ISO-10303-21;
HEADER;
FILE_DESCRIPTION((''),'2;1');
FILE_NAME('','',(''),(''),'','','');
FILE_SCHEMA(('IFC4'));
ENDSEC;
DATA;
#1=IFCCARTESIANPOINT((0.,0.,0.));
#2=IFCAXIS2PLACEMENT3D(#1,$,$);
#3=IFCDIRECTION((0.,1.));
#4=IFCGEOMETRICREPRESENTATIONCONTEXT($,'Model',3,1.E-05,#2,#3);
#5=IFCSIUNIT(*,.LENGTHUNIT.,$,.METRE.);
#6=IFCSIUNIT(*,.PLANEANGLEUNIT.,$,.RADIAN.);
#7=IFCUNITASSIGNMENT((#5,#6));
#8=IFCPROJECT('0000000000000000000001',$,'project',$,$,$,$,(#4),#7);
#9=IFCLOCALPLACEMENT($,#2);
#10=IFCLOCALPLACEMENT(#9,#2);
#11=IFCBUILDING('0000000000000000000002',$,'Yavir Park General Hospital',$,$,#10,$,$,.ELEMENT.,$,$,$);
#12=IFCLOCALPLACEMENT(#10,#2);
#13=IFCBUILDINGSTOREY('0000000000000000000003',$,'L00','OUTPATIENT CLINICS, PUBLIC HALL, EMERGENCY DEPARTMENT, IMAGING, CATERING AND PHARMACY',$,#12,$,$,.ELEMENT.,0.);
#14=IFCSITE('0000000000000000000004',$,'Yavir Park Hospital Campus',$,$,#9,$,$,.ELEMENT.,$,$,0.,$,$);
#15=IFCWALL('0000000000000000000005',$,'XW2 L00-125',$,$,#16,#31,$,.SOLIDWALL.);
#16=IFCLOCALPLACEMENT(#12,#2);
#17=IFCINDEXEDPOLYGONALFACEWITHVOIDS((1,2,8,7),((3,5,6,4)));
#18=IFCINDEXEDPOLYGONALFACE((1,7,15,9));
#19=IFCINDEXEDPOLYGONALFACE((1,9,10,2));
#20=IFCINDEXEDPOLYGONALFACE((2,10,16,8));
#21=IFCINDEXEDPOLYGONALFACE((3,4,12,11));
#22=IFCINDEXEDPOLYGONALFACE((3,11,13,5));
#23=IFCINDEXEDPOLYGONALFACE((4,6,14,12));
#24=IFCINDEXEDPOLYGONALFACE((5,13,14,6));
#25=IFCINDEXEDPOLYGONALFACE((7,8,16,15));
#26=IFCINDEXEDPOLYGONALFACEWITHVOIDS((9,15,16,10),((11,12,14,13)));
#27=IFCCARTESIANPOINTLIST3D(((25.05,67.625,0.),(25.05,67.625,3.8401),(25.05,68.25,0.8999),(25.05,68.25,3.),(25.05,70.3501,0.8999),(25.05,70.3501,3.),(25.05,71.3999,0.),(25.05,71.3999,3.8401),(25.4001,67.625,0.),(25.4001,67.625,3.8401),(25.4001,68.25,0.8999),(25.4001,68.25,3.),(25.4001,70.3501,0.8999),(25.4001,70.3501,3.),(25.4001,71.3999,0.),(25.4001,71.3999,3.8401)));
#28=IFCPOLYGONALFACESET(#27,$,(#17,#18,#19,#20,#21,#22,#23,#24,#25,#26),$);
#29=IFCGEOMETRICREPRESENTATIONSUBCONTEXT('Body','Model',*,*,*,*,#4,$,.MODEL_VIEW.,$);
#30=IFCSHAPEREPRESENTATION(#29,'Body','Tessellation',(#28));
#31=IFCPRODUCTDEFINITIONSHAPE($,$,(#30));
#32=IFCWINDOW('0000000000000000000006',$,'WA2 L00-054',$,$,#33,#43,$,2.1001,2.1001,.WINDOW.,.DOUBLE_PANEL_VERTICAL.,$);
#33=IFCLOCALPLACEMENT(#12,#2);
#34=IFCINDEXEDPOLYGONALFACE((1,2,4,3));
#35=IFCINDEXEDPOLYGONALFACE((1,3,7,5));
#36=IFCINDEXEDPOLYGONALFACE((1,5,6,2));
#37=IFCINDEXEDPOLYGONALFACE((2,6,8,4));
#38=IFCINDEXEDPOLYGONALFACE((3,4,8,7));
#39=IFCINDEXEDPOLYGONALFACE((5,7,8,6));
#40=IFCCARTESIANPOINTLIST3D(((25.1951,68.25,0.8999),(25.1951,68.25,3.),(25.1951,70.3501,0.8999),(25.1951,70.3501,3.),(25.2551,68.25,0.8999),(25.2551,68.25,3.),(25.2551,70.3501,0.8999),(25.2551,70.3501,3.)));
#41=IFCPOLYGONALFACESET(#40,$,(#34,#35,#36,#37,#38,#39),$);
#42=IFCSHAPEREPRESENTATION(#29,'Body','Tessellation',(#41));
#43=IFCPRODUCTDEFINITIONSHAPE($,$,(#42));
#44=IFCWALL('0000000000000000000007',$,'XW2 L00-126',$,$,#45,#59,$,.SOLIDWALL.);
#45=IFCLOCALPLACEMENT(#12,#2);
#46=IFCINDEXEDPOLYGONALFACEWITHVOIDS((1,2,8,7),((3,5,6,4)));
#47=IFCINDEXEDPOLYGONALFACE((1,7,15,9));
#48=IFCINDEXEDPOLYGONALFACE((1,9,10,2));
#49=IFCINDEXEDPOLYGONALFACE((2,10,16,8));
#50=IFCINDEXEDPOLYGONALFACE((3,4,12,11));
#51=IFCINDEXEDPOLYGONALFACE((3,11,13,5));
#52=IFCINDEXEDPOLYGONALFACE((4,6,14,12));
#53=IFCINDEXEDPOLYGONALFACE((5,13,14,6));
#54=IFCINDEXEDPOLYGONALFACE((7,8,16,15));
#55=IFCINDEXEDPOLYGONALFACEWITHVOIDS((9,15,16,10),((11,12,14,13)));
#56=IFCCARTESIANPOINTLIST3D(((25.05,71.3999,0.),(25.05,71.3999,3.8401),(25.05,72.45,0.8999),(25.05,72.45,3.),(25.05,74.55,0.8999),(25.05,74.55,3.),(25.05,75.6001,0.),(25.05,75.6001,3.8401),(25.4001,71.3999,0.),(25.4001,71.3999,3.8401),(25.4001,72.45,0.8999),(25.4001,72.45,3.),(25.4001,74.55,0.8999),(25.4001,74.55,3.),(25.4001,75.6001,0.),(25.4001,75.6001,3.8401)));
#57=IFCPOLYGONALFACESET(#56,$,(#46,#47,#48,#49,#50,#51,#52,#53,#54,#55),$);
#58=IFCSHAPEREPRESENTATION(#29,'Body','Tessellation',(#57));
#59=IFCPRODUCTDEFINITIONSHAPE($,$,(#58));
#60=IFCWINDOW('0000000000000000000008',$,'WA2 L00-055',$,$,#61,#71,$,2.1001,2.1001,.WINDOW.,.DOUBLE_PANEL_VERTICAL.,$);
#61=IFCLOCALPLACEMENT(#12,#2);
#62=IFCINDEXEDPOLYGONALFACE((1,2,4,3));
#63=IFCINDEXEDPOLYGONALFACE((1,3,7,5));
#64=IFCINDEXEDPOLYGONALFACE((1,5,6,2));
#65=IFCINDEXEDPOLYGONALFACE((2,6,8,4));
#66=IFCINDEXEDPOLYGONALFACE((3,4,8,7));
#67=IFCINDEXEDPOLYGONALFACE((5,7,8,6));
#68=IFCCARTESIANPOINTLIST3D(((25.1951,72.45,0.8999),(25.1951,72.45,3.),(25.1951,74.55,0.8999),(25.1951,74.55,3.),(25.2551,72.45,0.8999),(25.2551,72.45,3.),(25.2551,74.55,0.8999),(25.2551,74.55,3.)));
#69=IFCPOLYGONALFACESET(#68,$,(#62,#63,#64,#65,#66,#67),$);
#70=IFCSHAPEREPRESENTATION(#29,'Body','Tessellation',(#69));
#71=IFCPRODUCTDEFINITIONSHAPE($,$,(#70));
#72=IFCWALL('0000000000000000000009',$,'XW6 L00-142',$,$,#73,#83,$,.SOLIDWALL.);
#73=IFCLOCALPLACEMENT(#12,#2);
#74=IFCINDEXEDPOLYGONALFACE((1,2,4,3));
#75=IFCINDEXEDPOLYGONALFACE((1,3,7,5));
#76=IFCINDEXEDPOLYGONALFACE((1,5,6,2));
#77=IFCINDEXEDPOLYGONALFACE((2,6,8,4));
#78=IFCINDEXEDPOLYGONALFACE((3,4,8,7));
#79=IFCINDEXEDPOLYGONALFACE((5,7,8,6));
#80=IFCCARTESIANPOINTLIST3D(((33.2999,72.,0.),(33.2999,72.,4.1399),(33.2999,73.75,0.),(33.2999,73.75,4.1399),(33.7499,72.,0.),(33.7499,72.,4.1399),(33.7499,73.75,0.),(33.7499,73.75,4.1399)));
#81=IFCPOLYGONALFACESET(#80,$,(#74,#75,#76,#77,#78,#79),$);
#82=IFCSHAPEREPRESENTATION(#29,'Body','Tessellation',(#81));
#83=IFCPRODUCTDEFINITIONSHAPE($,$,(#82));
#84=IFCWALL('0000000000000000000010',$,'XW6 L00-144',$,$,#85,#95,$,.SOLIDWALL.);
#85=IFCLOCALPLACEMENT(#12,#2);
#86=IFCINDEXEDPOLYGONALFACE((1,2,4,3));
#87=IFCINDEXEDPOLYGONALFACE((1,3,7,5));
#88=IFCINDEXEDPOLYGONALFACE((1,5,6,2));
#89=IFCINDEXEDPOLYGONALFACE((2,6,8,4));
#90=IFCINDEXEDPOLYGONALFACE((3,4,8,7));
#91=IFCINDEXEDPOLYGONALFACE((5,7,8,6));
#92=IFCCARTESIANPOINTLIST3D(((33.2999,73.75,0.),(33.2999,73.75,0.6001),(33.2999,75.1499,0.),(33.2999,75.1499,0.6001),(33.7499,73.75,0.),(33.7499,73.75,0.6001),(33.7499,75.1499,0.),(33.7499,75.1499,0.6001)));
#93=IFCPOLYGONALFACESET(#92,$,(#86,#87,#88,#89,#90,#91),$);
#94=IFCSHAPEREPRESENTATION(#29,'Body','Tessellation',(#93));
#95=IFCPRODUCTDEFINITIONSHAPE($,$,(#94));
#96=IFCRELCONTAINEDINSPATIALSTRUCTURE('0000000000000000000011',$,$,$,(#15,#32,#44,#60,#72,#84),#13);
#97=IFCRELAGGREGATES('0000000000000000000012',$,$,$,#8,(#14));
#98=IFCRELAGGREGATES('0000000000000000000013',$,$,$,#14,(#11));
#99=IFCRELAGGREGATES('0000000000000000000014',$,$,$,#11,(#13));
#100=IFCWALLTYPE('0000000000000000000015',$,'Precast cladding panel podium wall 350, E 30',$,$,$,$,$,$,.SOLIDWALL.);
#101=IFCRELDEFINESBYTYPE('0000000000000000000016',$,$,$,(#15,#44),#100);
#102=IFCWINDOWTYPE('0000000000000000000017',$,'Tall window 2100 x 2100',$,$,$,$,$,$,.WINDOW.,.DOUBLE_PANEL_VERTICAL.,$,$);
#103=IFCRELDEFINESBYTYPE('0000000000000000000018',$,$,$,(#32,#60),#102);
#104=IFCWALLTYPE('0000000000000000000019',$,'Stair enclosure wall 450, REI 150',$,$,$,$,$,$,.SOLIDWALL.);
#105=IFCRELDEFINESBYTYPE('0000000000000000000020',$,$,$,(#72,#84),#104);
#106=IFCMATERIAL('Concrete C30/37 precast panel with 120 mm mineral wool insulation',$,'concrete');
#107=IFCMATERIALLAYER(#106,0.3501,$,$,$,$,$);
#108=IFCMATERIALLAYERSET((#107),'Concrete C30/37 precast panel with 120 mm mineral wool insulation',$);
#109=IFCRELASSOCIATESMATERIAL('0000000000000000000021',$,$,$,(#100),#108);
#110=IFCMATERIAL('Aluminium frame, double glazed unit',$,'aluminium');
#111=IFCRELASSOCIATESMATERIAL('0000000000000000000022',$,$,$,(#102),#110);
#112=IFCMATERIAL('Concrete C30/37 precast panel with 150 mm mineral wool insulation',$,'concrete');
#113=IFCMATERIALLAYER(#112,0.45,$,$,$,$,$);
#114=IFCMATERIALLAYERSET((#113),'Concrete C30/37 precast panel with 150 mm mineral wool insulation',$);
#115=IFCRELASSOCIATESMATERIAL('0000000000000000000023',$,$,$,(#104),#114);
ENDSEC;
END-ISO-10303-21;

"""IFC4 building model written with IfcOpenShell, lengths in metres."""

from ifc_helpers import new_model, si_unit, direction, frame, frame_2d, origin, place, context, subcontext, project, spatial, rectangle, extrude, material, layer, layer_set, type_object, element, fill, save


model = new_model("IFC4")

# Units and contexts
model_context = context("Model", 3, precision=1e-05, world=origin(), true_north=direction((0.0, 1.0)))
body_context = subcontext(model_context, "Body", "Model", "MODEL_VIEW")
ifc_project = project(units=[si_unit("LENGTHUNIT", "METRE"), si_unit("PLANEANGLEUNIT", "RADIAN")], contexts=[model_context])

# Site, building, storey
site_placement = place(None, origin())
site = spatial("IfcSite", under=ifc_project, at=site_placement, Name="Yavir Park Hospital Campus", CompositionType="ELEMENT", RefElevation=0.0)
building_placement = place(site_placement, origin())
building = spatial("IfcBuilding", under=site, at=building_placement, Name="Yavir Park General Hospital", CompositionType="ELEMENT")
storey_placement = place(building_placement, origin())
storey = spatial("IfcBuildingStorey", under=building, at=storey_placement, Name="L00", Description="OUTPATIENT CLINICS, PUBLIC HALL, EMERGENCY DEPARTMENT, IMAGING, CATERING AND PHARMACY", CompositionType="ELEMENT", Elevation=0.0)

# Walls, openings, windows
ifc_material_1 = material(Name="Concrete C30/37 precast panel with 120 mm mineral wool insulation", Category="concrete")
ifc_layer_1 = layer(ifc_material_1, 0.3501)
ifc_layer_set_1 = layer_set([ifc_layer_1], Name="Concrete C30/37 precast panel with 120 mm mineral wool insulation")
wall_type_1 = type_object("IfcWallType", Name="Precast cladding panel podium wall 350, E 30", PredefinedType="SOLIDWALL", material=ifc_layer_set_1)
wall_1_placement = place(storey_placement, frame((25.2251, 67.625, 0.0), z_axis=(0.0, 0.0, 1.0), x_axis=(0.0, 1.0, 0.0)))
wall_1 = element("IfcWall", 1, at=wall_1_placement, inside=storey, type_object=wall_type_1, Name="XW2 L00-125", PredefinedType="SOLIDWALL", context=body_context, shape_type="SweptSolid", body=[
    extrude(rectangle(XDim=3.7749, YDim=0.3501, at=frame_2d((1.8875, 0.0))), origin(), (0.0, 0.0, 1.0), 3.8401),
])
opening_1_placement = place(wall_1_placement, frame((0.625, 0.0, 0.8999)))
opening_1 = element("IfcOpeningElement", 2, at=opening_1_placement, cuts=wall_1, PredefinedType="OPENING", context=body_context, shape_type="SweptSolid", body=[
    extrude(rectangle(XDim=2.1001, YDim=2.1001, at=frame_2d((1.05, 1.05))), frame((0.0, 0.1851, 0.0), z_axis=(0.0, -1.0, 0.0), x_axis=(1.0, 0.0, 0.0)), (0.0, 0.0, 1.0), 0.3701),
])
ifc_material_2 = material(Name="Aluminium frame, double glazed unit", Category="aluminium")
window_type_1 = type_object("IfcWindowType", Name="Tall window 2100 x 2100", PartitioningType="DOUBLE_PANEL_VERTICAL", PredefinedType="WINDOW", material=ifc_material_2)
window_1_placement = place(opening_1_placement, origin())
window_1 = element("IfcWindow", 3, at=window_1_placement, inside=storey, type_object=window_type_1, Name="WA2 L00-054", OverallHeight=2.1001, OverallWidth=2.1001, PartitioningType="DOUBLE_PANEL_VERTICAL", PredefinedType="WINDOW", context=body_context, shape_type="SweptSolid", body=[
    extrude(rectangle(XDim=2.1001, YDim=2.1001, at=frame_2d((1.05, 1.05))), frame((0.0, 0.03, 0.0), z_axis=(0.0, -1.0, 0.0), x_axis=(1.0, 0.0, 0.0)), (0.0, 0.0, 1.0), 0.0601),
])
fill(opening_1, window_1)
wall_2_placement = place(storey_placement, frame((25.2251, 71.3999, 0.0), z_axis=(0.0, 0.0, 1.0), x_axis=(0.0, 1.0, 0.0)))
wall_2 = element("IfcWall", 4, at=wall_2_placement, inside=storey, type_object=wall_type_1, Name="XW2 L00-126", PredefinedType="SOLIDWALL", context=body_context, shape_type="SweptSolid", body=[
    extrude(rectangle(XDim=4.2002, YDim=0.3501, at=frame_2d((2.1001, 0.0))), origin(), (0.0, 0.0, 1.0), 3.8401),
])
opening_2_placement = place(wall_2_placement, frame((1.05, 0.0, 0.8999)))
opening_2 = element("IfcOpeningElement", 5, at=opening_2_placement, cuts=wall_2, PredefinedType="OPENING", context=body_context, shape_type="SweptSolid", body=[
    extrude(rectangle(XDim=2.1001, YDim=2.1001, at=frame_2d((1.05, 1.05))), frame((0.0, 0.1851, 0.0), z_axis=(0.0, -1.0, 0.0), x_axis=(1.0, 0.0, 0.0)), (0.0, 0.0, 1.0), 0.3701),
])
window_2_placement = place(opening_2_placement, origin())
window_2 = element("IfcWindow", 6, at=window_2_placement, inside=storey, type_object=window_type_1, Name="WA2 L00-055", OverallHeight=2.1001, OverallWidth=2.1001, PartitioningType="DOUBLE_PANEL_VERTICAL", PredefinedType="WINDOW", context=body_context, shape_type="SweptSolid", body=[
    extrude(rectangle(XDim=2.1001, YDim=2.1001, at=frame_2d((1.05, 1.05))), frame((0.0, 0.03, 0.0), z_axis=(0.0, -1.0, 0.0), x_axis=(1.0, 0.0, 0.0)), (0.0, 0.0, 1.0), 0.0601),
])
fill(opening_2, window_2)

# Walls
ifc_material_3 = material(Name="Concrete C30/37 precast panel with 150 mm mineral wool insulation", Category="concrete")
ifc_layer_2 = layer(ifc_material_3, 0.45)
ifc_layer_set_2 = layer_set([ifc_layer_2], Name="Concrete C30/37 precast panel with 150 mm mineral wool insulation")
wall_type_2 = type_object("IfcWallType", Name="Stair enclosure wall 450, REI 150", PredefinedType="SOLIDWALL", material=ifc_layer_set_2)
wall_3_placement = place(storey_placement, frame((33.5249, 72.0, 0.0), z_axis=(0.0, 0.0, 1.0), x_axis=(0.0, 1.0, 0.0)))
element("IfcWall", 7, at=wall_3_placement, inside=storey, type_object=wall_type_2, Name="XW6 L00-142", PredefinedType="SOLIDWALL", context=body_context, shape_type="SweptSolid", body=[
    extrude(rectangle(XDim=1.75, YDim=0.45, at=frame_2d((0.875, 0.0))), origin(), (0.0, 0.0, 1.0), 4.1399),
])
wall_4_placement = place(storey_placement, frame((33.5249, 73.75, 0.0), z_axis=(0.0, 0.0, 1.0), x_axis=(0.0, 1.0, 0.0)))
element("IfcWall", 8, at=wall_4_placement, inside=storey, type_object=wall_type_2, Name="XW6 L00-144", PredefinedType="SOLIDWALL", context=body_context, shape_type="SweptSolid", body=[
    extrude(rectangle(XDim=1.3999, YDim=0.45, at=frame_2d((0.7, 0.0))), origin(), (0.0, 0.0, 1.0), 0.6001),
])

save(model, "model.ifc")
